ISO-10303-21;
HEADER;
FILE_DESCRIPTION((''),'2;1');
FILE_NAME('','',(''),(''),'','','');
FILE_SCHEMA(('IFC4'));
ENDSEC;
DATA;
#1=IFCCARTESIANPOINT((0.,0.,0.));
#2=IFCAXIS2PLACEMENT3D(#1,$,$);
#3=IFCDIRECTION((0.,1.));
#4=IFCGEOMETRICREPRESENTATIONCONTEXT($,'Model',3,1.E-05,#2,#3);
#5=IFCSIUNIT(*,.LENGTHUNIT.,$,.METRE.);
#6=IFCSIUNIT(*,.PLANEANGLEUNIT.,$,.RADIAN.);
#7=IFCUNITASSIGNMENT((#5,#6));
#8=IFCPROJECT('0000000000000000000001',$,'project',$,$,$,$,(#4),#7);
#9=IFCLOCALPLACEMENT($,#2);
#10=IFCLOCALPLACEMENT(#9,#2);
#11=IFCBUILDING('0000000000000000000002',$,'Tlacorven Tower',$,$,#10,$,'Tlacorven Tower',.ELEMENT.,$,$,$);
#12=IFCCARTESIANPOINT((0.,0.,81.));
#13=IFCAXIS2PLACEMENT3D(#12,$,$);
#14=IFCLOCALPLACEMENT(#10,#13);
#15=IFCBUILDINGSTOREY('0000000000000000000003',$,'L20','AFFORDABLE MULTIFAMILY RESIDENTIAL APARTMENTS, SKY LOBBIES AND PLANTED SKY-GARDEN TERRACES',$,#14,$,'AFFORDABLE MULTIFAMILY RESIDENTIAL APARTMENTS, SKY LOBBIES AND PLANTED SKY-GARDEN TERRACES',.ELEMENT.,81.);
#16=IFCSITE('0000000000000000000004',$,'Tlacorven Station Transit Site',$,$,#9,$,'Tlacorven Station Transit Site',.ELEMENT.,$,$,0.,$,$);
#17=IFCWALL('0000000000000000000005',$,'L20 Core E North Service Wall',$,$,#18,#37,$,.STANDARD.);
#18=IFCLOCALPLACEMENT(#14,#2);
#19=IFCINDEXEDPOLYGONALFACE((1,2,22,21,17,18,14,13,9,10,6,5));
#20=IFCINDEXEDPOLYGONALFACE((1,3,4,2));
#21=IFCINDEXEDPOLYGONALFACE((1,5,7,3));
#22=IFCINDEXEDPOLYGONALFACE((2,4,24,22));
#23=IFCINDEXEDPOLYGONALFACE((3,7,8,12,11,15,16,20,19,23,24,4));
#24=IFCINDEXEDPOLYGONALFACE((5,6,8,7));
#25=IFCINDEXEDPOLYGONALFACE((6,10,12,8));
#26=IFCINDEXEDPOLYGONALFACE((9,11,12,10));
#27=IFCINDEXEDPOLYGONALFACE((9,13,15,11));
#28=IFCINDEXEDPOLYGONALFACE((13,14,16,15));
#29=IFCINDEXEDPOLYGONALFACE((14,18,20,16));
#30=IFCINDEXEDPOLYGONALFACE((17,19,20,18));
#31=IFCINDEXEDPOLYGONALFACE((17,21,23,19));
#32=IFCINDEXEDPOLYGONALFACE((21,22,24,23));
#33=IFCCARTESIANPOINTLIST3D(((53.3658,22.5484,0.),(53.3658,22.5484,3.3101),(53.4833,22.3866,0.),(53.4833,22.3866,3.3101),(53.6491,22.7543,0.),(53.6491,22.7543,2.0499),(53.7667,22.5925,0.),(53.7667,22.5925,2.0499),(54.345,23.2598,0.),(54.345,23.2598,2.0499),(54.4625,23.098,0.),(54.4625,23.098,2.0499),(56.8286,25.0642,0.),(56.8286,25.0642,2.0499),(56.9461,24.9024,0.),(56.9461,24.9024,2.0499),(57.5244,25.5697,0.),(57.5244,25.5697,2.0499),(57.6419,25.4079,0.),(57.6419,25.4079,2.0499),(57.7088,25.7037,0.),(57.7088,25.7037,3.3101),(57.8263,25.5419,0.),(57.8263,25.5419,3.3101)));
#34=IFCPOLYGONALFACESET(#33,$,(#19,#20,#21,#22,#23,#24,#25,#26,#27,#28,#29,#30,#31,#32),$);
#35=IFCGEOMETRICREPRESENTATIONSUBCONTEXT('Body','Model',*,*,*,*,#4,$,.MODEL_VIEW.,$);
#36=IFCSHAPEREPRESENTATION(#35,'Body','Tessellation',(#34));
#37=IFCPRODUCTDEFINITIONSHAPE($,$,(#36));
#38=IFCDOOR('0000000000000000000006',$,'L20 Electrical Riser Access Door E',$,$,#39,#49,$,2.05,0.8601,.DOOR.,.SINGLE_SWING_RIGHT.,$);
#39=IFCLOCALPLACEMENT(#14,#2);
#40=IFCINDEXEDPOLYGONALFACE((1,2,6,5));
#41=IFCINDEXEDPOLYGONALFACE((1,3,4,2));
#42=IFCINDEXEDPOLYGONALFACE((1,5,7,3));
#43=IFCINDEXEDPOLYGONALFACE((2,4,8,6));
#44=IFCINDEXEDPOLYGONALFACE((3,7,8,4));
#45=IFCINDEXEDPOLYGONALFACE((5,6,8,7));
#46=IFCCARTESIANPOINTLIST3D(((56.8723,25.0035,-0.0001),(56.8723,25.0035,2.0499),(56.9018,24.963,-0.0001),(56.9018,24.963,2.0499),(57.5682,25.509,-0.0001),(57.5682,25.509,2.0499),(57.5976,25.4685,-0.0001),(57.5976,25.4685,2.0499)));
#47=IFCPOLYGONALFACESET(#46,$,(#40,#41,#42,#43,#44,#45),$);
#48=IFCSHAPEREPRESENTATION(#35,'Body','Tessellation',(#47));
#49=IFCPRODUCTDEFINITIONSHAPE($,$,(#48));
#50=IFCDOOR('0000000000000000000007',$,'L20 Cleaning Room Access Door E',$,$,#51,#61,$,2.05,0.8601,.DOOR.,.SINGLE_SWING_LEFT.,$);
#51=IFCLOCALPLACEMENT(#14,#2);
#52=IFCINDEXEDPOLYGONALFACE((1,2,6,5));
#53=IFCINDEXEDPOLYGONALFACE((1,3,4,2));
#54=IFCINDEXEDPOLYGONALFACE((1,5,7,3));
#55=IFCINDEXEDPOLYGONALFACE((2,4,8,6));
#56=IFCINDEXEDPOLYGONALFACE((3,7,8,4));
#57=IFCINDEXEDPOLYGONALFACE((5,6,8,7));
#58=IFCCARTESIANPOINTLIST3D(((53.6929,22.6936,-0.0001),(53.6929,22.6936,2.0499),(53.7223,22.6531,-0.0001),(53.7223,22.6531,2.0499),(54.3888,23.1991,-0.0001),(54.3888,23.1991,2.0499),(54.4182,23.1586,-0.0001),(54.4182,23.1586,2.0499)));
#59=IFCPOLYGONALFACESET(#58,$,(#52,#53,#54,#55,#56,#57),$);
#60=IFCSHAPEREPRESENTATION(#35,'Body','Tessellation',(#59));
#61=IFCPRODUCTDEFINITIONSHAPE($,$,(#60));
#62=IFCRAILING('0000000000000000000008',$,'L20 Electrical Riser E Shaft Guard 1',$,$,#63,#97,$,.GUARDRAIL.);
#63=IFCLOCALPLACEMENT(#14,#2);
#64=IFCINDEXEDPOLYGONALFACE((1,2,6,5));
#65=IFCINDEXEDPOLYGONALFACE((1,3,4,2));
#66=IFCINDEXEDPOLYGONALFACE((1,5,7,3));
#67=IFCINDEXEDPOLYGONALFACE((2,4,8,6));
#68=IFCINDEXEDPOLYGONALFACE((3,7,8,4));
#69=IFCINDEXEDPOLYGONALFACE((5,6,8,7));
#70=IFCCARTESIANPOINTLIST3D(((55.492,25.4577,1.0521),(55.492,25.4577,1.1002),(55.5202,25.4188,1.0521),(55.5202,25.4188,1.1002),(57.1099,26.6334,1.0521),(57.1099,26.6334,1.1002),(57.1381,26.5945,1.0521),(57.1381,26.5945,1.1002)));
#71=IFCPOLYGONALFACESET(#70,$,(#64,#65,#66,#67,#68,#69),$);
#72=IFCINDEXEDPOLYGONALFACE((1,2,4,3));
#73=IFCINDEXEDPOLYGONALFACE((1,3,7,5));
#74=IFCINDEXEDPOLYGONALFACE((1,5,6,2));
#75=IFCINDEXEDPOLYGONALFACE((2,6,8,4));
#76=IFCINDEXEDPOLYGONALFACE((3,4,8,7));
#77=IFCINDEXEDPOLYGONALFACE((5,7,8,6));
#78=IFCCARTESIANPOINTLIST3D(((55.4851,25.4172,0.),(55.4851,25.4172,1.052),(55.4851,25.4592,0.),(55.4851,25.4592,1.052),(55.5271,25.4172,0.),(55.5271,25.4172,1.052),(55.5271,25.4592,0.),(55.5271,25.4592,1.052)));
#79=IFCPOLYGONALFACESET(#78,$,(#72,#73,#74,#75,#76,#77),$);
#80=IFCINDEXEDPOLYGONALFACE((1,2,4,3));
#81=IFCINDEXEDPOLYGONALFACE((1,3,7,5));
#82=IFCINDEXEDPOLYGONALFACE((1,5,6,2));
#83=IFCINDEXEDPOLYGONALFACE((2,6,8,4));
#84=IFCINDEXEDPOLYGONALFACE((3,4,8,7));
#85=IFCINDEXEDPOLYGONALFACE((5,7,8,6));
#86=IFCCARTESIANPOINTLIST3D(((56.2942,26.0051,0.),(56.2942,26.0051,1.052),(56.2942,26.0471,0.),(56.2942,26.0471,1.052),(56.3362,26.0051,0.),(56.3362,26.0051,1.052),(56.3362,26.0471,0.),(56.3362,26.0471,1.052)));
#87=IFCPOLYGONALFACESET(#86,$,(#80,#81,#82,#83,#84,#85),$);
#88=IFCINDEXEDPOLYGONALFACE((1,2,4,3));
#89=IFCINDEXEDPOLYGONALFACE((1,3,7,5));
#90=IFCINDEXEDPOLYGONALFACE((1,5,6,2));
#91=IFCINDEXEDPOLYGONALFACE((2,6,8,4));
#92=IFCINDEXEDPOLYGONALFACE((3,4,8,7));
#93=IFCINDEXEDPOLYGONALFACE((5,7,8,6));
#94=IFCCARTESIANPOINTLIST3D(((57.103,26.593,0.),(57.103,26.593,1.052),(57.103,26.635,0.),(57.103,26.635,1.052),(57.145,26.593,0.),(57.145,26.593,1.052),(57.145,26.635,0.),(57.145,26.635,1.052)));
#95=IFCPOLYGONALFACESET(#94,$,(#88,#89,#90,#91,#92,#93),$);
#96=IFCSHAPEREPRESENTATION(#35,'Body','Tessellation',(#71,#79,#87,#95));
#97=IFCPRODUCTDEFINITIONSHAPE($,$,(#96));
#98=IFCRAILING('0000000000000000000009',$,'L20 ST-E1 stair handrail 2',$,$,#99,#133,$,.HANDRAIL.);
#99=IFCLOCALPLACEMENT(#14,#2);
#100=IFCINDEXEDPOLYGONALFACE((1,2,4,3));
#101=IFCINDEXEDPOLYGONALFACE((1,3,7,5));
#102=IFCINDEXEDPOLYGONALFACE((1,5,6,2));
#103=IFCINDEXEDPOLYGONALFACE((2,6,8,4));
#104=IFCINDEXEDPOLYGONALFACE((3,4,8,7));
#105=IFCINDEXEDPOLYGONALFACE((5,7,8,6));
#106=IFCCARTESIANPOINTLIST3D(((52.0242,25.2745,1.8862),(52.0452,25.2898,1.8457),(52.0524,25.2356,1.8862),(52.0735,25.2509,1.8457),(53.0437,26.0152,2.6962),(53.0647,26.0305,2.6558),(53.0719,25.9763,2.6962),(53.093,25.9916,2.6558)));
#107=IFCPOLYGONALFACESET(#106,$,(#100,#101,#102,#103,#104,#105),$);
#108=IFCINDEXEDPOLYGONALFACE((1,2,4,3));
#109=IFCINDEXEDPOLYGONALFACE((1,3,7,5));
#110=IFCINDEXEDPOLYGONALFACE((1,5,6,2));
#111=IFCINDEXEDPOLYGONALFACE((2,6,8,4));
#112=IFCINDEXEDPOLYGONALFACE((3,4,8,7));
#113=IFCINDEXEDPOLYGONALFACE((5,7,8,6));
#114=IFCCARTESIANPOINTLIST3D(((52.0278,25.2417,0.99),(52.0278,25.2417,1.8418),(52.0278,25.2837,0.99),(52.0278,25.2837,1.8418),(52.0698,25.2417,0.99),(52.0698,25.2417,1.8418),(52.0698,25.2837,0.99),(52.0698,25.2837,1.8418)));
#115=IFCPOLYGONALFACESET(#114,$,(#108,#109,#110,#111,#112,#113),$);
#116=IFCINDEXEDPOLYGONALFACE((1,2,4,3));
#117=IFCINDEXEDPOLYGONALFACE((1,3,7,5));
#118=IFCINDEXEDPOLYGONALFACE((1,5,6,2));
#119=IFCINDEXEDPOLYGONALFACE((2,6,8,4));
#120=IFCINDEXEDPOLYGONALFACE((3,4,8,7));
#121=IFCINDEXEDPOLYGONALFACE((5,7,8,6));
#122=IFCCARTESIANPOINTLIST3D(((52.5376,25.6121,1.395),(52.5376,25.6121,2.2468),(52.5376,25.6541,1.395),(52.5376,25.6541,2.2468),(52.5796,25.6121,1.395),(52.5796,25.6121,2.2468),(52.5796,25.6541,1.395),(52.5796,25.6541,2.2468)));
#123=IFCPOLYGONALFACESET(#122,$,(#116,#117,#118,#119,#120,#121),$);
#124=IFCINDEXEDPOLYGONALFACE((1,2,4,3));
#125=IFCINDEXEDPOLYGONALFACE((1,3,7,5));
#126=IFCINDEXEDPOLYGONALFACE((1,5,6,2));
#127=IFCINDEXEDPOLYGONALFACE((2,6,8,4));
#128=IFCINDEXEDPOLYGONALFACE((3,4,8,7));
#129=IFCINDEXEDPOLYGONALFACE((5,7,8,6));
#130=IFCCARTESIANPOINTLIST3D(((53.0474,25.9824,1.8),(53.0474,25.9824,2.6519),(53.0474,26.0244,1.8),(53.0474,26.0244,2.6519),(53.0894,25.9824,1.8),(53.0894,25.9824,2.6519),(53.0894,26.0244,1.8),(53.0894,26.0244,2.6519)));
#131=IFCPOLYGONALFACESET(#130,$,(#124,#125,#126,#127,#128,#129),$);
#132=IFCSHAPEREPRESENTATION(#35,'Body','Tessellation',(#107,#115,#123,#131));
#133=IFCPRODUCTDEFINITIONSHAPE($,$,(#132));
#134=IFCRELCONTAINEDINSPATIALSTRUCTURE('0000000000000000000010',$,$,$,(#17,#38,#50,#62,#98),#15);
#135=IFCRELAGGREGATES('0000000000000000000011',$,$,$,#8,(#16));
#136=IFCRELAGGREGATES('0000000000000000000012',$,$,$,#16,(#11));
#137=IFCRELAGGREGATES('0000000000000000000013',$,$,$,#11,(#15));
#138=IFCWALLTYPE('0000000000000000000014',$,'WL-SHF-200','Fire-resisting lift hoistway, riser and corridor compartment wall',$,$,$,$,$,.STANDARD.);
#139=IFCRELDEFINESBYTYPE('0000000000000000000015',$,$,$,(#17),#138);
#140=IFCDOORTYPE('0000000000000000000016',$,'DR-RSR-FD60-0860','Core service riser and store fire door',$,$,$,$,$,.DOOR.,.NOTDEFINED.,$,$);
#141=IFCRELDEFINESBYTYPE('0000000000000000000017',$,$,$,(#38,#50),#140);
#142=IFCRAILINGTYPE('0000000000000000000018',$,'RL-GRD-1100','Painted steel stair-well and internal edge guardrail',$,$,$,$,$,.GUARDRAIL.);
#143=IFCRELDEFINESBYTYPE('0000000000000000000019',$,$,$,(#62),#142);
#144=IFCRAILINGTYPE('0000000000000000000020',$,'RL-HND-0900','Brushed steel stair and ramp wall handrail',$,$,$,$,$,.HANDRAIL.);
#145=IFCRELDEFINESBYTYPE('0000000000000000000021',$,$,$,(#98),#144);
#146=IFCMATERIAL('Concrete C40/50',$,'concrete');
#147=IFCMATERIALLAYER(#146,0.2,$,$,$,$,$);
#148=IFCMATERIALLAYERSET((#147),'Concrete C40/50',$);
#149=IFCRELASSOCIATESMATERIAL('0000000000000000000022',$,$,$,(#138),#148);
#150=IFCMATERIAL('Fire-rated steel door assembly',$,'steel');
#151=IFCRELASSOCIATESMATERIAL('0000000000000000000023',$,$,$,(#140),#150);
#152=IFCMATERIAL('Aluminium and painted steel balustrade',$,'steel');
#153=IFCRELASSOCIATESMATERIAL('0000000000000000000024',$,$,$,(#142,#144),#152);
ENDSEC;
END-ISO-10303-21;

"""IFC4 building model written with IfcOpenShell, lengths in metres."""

from ifc_helpers import new_model, si_unit, direction, frame, frame_2d, origin, origin_2d, place, context, subcontext, project, spatial, rectangle, extrude, source, transform, mapped, material, layer, layer_set, type_object, element, fill, save


model = new_model("IFC4")

# Units and contexts
model_context = context("Model", 3, precision=1e-05, world=origin(), true_north=direction((0.0, 1.0)))
body_context = subcontext(model_context, "Body", "Model", "MODEL_VIEW")
ifc_project = project(units=[si_unit("LENGTHUNIT", "METRE"), si_unit("PLANEANGLEUNIT", "RADIAN")], contexts=[model_context])

# Site, building, storey
site_placement = place(None, origin())
site = spatial("IfcSite", under=ifc_project, at=site_placement, Name="Tlacorven Station Transit Site", LongName="Tlacorven Station Transit Site", CompositionType="ELEMENT", RefElevation=0.0)
building_placement = place(site_placement, origin())
building = spatial("IfcBuilding", under=site, at=building_placement, Name="Tlacorven Tower", LongName="Tlacorven Tower", CompositionType="ELEMENT")
storey_placement = place(building_placement, frame((0.0, 0.0, 81.0)))
storey = spatial("IfcBuildingStorey", under=building, at=storey_placement, Name="L20", Description="AFFORDABLE MULTIFAMILY RESIDENTIAL APARTMENTS, SKY LOBBIES AND PLANTED SKY-GARDEN TERRACES", LongName="AFFORDABLE MULTIFAMILY RESIDENTIAL APARTMENTS, SKY LOBBIES AND PLANTED SKY-GARDEN TERRACES", CompositionType="ELEMENT", Elevation=81.0)

# Shared definitions
ifc_material_1 = material(Name="Concrete C40/50", Category="concrete")
ifc_layer_1 = layer(ifc_material_1, 0.2)
ifc_layer_set_1 = layer_set([ifc_layer_1], Name="Concrete C40/50")
wall_type_1 = type_object("IfcWallType", Name="WL-SHF-200", Description="Fire-resisting lift hoistway, riser and corridor compartment wall", PredefinedType="STANDARD", material=ifc_layer_set_1)

# Wall, openings, doors
wall_1_placement = place(storey_placement, frame((53.4246, 22.4675, 0.0), z_axis=(0.0, 0.0, 1.0), x_axis=(0.809027, 0.587771, 0.0)))
wall_1 = element("IfcWall", 1, at=wall_1_placement, inside=storey, type_object=wall_type_1, Name="L20 Core E North Service Wall", PredefinedType="STANDARD", context=body_context, shape_type="SweptSolid", body=[
    extrude(rectangle(XDim=5.3682, YDim=0.2, at=frame_2d((2.6841, 0.0))), origin(), (0.0, 0.0, 1.0), 3.3101),
])
opening_1_placement = place(wall_1_placement, frame((4.28, 0.0, 0.0)))
opening_1 = element("IfcOpeningElement", 2, at=opening_1_placement, cuts=wall_1, PredefinedType="OPENING", context=body_context, shape_type="SweptSolid", body=[
    extrude(rectangle(XDim=0.8601, YDim=2.05, at=frame_2d((0.4302, 1.0249))), frame((0.0, 0.1099, 0.0), z_axis=(0.0, -1.0, 0.0), x_axis=(1.0, 0.0, 0.0)), (0.0, 0.0, 1.0), 0.22),
])
opening_2_placement = place(wall_1_placement, frame((0.3501, 0.0, 0.0)))
opening_2 = element("IfcOpeningElement", 3, at=opening_2_placement, cuts=wall_1, PredefinedType="OPENING", context=body_context, shape_type="SweptSolid", body=[
    extrude(rectangle(XDim=0.8601, YDim=2.05, at=frame_2d((0.4302, 1.0249))), frame((0.0, 0.1099, 0.0), z_axis=(0.0, -1.0, 0.0), x_axis=(1.0, 0.0, 0.0)), (0.0, 0.0, 1.0), 0.22),
])
ifc_material_2 = material(Name="Fire-rated steel door assembly", Category="steel")
door_type_1 = type_object("IfcDoorType", Name="DR-RSR-FD60-0860", Description="Core service riser and store fire door", OperationType="NOTDEFINED", PredefinedType="DOOR", material=ifc_material_2)
shared_shape_1 = source(origin(), body_context, "Body", "SweptSolid", [
    extrude(rectangle(XDim=0.8601, YDim=2.05, at=frame_2d((0.4302, 1.0249))), frame((0.0, 0.0249, 0.0), z_axis=(0.0, -1.0, 0.0), x_axis=(1.0, 0.0, 0.0)), (0.0, 0.0, 1.0), 0.05),
])
door_1_placement = place(opening_1_placement, frame((0.8601, 0.0, 0.0), z_axis=(0.0, 0.0, 1.0), x_axis=(-1.0, 0.0, 0.0)))
door_1 = element("IfcDoor", 4, at=door_1_placement, inside=storey, type_object=door_type_1, Name="L20 Electrical Riser Access Door E", OperationType="SINGLE_SWING_RIGHT", OverallHeight=2.05, OverallWidth=0.8601, PredefinedType="DOOR", context=body_context, shape_type="MappedRepresentation", body=[
    mapped(shared_shape_1, transform((0.0, 0.0, 0.0), scale=1.0)),
])
fill(opening_1, door_1)
door_2_placement = place(opening_2_placement, frame((0.8601, 0.0, 0.0), z_axis=(0.0, 0.0, 1.0), x_axis=(-1.0, 0.0, 0.0)))
door_2 = element("IfcDoor", 5, at=door_2_placement, inside=storey, type_object=door_type_1, Name="L20 Cleaning Room Access Door E", OperationType="SINGLE_SWING_LEFT", OverallHeight=2.05, OverallWidth=0.8601, PredefinedType="DOOR", context=body_context, shape_type="MappedRepresentation", body=[
    mapped(shared_shape_1, transform((0.0, 0.0, 0.0), scale=1.0)),
])
fill(opening_2, door_2)

# Railings
ifc_material_3 = material(Name="Aluminium and painted steel balustrade", Category="steel")
railing_type_1 = type_object("IfcRailingType", Name="RL-GRD-1100", Description="Painted steel stair-well and internal edge guardrail", PredefinedType="GUARDRAIL", material=ifc_material_3)
shared_shape_2 = source(origin(), body_context, "Body", "SweptSolid", [
    extrude(rectangle(XDim=0.0481, YDim=0.0481, at=origin_2d()), frame((0.0, 0.0, 1.0762), z_axis=(0.808947, 0.587881, 0.0), x_axis=(-0.587881, 0.808947, 0.0)), (0.0, 0.0, 1.0), 2.0),
    extrude(rectangle(XDim=0.042, YDim=0.042, at=origin_2d()), origin(), (0.0, 0.0, 1.0), 1.052),
    extrude(rectangle(XDim=0.042, YDim=0.042, at=origin_2d()), frame((0.8091, 0.5879, 0.0)), (0.0, 0.0, 1.0), 1.052),
    extrude(rectangle(XDim=0.042, YDim=0.042, at=origin_2d()), frame((1.6179, 1.1758, 0.0)), (0.0, 0.0, 1.0), 1.052),
])
railing_1_placement = place(storey_placement, frame((55.5061, 25.4382, 0.0)))
element("IfcRailing", 6, at=railing_1_placement, inside=storey, type_object=railing_type_1, Name="L20 Electrical Riser E Shaft Guard 1", PredefinedType="GUARDRAIL", context=body_context, shape_type="MappedRepresentation", body=[
    mapped(shared_shape_2, transform((0.0, 0.0, 0.0), scale=1.0)),
])
railing_type_2 = type_object("IfcRailingType", Name="RL-HND-0900", Description="Brushed steel stair and ramp wall handrail", PredefinedType="HANDRAIL", material=ifc_material_3)
shared_shape_3 = source(origin(), body_context, "Body", "SweptSolid", [
    extrude(rectangle(XDim=0.0481, YDim=0.0481, at=origin_2d()), frame((0.0, 0.0, 0.876), z_axis=(0.680549, 0.494441, 0.540723), x_axis=(-0.58778, 0.809021, 0.0)), (0.0, 0.0, 1.0), 1.498),
    extrude(rectangle(XDim=0.042, YDim=0.042, at=origin_2d()), origin(), (0.0, 0.0, 1.0), 0.8518),
    extrude(rectangle(XDim=0.042, YDim=0.042, at=origin_2d()), frame((0.5098, 0.3704, 0.405)), (0.0, 0.0, 1.0), 0.8518),
    extrude(rectangle(XDim=0.042, YDim=0.042, at=origin_2d()), frame((1.0195, 0.7407, 0.8101)), (0.0, 0.0, 1.0), 0.8518),
])
railing_2_placement = place(storey_placement, frame((52.0488, 25.2627, 0.99)))
element("IfcRailing", 7, at=railing_2_placement, inside=storey, type_object=railing_type_2, Name="L20 ST-E1 stair handrail 2", PredefinedType="HANDRAIL", context=body_context, shape_type="MappedRepresentation", body=[
    mapped(shared_shape_3, transform((0.0, 0.0, 0.0), scale=1.0)),
])

save(model, "model.ifc")
